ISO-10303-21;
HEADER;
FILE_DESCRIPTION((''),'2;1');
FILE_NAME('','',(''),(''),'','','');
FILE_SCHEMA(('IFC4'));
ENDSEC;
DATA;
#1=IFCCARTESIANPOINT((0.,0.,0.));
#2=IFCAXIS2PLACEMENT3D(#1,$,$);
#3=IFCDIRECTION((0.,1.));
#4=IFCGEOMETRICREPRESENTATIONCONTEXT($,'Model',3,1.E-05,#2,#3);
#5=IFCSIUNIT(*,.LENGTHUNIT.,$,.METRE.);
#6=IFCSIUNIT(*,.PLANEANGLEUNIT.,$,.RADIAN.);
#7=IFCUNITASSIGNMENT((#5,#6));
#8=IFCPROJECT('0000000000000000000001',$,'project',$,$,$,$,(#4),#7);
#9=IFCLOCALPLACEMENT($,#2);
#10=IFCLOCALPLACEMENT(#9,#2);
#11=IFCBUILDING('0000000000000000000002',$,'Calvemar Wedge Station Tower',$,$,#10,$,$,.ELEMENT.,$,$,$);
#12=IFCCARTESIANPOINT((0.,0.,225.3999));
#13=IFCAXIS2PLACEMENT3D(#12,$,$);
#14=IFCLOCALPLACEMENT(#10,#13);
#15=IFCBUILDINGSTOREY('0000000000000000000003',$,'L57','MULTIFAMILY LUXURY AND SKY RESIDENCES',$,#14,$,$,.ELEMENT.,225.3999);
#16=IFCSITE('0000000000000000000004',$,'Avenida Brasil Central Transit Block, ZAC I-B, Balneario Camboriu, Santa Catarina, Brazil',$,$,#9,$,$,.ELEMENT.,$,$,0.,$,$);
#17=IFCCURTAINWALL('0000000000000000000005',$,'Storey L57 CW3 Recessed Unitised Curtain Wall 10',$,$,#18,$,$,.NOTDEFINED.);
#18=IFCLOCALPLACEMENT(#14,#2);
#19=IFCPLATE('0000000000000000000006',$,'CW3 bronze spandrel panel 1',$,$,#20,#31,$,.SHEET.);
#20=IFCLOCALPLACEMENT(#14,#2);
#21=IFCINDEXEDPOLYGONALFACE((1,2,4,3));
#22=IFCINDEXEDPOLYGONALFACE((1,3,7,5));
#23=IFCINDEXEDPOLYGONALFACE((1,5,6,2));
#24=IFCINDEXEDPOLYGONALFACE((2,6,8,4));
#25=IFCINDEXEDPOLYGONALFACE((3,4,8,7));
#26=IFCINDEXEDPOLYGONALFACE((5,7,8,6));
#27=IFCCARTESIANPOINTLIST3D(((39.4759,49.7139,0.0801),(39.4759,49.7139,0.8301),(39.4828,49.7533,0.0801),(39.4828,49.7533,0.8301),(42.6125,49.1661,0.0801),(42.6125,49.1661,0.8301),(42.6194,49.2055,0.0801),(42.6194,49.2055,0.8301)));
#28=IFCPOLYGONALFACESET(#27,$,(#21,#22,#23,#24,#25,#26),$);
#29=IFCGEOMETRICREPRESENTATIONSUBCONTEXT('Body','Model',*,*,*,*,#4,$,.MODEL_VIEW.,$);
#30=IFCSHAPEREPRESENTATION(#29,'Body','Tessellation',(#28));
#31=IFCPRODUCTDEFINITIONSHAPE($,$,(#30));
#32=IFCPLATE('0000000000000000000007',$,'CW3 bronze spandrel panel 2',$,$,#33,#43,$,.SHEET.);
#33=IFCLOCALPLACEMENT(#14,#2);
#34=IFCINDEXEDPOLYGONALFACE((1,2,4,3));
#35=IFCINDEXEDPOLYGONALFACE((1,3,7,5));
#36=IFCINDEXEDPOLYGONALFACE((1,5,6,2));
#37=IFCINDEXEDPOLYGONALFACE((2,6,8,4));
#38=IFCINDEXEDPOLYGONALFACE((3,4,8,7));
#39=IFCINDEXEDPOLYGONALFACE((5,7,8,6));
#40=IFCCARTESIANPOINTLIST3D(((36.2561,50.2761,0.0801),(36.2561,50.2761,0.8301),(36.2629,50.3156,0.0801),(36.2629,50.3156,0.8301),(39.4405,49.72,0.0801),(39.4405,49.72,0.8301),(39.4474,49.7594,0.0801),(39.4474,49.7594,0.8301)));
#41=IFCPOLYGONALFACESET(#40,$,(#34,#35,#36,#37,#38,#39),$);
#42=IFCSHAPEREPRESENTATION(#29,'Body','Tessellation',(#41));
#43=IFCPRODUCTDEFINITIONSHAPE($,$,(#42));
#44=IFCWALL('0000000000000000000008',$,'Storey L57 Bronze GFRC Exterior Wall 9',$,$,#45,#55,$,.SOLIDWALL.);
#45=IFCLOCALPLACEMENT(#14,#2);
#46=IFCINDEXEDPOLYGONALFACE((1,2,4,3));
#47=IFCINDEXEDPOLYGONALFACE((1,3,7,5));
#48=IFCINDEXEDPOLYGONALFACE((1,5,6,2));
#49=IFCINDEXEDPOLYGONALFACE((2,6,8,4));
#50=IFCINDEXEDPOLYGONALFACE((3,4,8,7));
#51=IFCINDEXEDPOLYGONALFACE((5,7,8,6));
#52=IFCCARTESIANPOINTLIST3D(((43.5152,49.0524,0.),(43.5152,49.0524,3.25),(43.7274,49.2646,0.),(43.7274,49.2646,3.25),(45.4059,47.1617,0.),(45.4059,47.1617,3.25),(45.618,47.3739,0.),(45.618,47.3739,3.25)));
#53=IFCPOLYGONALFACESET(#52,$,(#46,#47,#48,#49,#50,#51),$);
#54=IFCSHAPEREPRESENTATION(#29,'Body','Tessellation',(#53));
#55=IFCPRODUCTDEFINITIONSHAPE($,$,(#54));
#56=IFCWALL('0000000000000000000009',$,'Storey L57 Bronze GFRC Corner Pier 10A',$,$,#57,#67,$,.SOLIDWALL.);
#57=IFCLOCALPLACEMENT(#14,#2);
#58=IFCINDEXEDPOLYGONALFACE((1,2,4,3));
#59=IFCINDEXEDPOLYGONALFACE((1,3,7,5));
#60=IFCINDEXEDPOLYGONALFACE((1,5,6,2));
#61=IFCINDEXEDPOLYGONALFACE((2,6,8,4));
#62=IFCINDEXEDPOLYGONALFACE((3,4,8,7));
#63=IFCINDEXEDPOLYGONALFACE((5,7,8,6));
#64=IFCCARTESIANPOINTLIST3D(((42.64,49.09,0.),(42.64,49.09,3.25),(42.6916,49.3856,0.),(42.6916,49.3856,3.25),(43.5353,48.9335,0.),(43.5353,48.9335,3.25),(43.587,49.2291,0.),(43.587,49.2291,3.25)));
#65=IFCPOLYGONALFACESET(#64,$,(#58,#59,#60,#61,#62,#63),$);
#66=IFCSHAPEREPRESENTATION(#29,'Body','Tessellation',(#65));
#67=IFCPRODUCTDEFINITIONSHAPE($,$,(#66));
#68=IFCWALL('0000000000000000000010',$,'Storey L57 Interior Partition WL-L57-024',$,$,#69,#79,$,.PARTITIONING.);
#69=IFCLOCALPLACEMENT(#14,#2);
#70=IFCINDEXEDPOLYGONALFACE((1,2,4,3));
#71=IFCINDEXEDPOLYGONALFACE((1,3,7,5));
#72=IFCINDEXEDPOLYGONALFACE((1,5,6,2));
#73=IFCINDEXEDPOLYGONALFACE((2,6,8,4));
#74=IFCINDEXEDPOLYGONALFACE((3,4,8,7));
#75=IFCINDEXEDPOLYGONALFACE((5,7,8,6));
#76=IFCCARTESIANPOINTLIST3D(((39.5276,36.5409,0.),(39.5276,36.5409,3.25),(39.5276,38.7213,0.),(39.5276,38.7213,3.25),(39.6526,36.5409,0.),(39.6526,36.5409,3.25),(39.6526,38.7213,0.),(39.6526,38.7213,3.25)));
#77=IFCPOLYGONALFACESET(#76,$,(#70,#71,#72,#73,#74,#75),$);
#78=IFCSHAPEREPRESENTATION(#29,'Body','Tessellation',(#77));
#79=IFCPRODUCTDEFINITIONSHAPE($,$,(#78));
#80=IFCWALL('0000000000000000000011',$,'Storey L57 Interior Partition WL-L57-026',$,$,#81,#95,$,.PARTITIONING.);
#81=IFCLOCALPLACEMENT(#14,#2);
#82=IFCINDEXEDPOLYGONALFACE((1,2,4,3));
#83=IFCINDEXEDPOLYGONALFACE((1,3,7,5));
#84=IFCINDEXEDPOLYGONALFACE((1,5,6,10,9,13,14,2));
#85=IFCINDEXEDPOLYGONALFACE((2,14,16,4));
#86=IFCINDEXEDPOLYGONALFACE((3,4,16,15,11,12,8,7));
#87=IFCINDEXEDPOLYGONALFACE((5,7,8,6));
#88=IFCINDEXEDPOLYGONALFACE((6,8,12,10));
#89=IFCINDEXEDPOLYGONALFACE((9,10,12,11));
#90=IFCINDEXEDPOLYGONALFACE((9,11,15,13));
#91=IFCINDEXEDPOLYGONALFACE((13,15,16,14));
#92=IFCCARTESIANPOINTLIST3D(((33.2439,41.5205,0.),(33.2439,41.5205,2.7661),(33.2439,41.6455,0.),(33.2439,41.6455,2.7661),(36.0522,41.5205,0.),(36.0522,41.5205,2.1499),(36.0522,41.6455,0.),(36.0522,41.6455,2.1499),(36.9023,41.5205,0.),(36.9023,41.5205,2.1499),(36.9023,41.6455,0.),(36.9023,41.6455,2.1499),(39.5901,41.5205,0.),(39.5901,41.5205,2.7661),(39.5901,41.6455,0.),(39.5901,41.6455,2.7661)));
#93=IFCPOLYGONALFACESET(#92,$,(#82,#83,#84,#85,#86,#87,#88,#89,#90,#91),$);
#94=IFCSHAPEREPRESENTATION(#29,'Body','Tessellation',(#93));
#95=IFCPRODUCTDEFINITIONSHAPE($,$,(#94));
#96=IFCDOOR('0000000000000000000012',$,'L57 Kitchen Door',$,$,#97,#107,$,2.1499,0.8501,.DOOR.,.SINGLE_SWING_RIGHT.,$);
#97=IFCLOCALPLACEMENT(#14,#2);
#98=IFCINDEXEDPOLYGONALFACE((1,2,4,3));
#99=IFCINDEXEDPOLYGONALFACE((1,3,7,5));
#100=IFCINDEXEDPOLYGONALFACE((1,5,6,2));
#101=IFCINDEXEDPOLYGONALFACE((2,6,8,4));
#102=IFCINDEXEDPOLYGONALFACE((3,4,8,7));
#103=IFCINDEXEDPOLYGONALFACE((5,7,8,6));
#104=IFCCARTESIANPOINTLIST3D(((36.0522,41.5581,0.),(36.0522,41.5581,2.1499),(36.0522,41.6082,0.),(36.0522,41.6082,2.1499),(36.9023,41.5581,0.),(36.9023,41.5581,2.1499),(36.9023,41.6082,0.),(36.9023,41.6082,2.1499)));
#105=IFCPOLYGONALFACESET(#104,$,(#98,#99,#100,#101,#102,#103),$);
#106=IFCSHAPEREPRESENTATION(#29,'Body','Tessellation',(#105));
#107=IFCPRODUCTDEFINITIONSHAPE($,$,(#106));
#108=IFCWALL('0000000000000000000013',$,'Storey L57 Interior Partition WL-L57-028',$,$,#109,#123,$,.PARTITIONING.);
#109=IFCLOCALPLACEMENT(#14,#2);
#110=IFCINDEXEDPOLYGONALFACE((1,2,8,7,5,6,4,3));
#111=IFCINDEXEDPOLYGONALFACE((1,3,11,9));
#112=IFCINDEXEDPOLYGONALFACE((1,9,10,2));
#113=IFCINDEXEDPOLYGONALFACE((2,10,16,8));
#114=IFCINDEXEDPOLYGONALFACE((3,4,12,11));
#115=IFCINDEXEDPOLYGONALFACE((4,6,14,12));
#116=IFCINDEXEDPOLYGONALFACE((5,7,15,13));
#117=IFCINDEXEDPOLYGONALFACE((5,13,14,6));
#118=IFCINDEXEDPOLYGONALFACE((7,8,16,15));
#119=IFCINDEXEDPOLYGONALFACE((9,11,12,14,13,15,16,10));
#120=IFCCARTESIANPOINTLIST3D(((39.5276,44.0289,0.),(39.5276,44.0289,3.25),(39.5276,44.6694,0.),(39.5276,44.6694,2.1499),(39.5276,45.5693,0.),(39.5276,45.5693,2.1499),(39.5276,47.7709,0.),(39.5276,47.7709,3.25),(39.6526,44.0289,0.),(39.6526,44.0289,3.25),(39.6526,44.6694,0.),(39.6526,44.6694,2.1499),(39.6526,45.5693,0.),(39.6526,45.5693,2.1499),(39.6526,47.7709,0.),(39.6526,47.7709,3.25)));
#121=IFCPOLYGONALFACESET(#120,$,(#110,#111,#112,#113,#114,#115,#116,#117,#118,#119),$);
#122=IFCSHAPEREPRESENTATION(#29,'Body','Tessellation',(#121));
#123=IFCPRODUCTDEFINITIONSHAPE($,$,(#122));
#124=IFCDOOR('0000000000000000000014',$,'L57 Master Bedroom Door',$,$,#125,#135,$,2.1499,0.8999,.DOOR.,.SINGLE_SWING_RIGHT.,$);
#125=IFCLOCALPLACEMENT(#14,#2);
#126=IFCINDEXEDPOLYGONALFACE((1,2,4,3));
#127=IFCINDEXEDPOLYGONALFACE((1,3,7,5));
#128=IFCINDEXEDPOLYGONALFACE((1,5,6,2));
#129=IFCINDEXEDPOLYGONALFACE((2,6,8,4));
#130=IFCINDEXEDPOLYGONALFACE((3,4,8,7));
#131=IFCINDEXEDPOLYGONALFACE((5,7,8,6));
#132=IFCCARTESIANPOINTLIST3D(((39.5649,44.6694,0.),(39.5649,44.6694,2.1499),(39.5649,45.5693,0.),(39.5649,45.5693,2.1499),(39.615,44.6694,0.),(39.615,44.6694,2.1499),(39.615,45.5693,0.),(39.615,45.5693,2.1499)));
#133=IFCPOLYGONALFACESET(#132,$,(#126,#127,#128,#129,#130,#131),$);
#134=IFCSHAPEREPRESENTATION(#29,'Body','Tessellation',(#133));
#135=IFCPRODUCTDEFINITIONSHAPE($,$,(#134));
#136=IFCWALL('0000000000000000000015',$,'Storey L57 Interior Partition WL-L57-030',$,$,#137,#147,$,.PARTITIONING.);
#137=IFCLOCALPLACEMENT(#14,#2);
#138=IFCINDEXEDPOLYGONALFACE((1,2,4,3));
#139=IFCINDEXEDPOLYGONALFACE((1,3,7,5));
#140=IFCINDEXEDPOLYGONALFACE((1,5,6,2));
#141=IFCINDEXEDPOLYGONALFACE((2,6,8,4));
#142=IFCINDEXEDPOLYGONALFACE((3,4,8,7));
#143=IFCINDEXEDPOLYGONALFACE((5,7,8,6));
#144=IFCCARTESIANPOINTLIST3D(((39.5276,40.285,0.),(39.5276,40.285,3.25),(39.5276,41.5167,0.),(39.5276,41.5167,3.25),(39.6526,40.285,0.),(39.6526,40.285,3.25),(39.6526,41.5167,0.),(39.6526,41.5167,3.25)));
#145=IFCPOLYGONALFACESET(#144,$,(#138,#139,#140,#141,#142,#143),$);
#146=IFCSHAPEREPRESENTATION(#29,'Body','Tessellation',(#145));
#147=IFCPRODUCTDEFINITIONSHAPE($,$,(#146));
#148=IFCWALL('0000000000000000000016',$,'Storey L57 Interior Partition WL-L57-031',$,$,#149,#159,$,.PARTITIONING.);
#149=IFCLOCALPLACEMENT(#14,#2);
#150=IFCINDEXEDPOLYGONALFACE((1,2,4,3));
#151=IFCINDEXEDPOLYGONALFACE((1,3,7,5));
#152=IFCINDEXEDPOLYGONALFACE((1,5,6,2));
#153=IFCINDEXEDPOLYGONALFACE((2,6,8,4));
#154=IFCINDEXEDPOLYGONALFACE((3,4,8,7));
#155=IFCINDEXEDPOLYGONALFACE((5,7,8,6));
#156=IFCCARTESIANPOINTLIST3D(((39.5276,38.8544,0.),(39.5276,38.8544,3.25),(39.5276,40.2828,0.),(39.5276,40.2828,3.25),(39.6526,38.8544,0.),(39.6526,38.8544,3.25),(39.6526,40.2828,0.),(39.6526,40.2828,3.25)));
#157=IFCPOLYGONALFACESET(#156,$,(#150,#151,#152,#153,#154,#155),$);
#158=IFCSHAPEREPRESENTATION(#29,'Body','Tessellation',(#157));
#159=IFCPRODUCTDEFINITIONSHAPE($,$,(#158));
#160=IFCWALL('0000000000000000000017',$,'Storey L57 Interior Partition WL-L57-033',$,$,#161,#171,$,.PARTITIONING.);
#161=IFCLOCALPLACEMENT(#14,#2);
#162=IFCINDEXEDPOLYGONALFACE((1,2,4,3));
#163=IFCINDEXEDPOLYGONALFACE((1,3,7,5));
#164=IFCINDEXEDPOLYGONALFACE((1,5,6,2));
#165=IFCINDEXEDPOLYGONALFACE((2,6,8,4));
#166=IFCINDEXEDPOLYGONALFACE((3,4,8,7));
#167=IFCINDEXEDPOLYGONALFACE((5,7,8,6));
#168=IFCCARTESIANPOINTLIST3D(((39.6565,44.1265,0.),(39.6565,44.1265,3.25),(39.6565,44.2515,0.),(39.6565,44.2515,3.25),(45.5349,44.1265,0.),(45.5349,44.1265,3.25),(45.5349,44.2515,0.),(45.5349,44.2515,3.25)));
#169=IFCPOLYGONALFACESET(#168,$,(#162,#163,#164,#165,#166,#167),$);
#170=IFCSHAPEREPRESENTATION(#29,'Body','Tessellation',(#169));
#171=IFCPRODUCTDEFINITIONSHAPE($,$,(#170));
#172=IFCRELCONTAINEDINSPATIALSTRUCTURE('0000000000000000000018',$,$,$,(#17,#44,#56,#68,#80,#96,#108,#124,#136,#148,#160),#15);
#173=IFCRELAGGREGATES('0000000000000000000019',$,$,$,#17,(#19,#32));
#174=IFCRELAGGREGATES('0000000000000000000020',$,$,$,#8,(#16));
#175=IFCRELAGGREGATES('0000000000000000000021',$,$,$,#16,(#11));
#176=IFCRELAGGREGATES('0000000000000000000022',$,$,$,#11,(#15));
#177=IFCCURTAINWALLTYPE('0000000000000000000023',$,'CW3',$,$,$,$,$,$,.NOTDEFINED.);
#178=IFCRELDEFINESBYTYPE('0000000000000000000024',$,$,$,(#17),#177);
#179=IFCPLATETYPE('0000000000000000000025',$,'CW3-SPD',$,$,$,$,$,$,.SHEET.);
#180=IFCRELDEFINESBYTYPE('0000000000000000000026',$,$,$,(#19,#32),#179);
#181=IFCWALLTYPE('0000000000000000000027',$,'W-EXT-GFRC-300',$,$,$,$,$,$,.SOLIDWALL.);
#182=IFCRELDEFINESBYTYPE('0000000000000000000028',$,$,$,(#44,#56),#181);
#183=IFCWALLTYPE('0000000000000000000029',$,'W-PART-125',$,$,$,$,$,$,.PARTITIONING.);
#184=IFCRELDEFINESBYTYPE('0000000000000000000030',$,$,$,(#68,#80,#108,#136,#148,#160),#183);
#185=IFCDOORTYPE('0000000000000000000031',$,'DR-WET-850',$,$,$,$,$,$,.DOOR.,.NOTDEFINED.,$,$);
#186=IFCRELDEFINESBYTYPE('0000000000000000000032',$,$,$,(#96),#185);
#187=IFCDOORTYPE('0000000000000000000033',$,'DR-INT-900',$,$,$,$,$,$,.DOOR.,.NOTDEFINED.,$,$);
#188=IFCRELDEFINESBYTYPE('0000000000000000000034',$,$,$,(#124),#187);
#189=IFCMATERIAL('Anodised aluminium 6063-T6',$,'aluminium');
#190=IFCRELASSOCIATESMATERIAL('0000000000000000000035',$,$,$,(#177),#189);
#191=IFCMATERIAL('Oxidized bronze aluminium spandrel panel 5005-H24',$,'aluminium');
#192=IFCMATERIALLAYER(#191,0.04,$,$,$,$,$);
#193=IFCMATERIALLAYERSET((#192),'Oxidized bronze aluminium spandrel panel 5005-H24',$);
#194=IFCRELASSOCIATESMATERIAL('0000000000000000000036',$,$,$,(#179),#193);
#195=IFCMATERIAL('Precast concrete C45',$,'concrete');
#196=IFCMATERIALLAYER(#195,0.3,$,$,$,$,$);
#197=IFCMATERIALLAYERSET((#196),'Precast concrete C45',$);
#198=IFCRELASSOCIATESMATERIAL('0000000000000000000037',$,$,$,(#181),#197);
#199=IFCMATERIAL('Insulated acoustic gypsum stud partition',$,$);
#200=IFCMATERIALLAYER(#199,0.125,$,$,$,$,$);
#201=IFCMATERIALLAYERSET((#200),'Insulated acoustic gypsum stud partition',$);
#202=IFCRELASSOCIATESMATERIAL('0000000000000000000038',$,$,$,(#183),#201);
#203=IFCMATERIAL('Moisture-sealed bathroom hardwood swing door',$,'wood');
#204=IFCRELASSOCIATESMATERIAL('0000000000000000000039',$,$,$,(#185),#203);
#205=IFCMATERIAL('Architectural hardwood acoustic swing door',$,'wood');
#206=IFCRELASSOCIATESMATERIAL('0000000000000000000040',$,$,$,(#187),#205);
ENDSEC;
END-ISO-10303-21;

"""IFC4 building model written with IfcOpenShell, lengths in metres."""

from ifc_helpers import new_model, si_unit, direction, frame, frame_2d, origin, place, context, subcontext, project, spatial, rectangle, extrude, source, transform, mapped, material, layer, layer_set, type_object, element, fill, aggregate, save


model = new_model("IFC4")

# Units and contexts
model_context = context("Model", 3, precision=1e-05, world=origin(), true_north=direction((0.0, 1.0)))
body_context = subcontext(model_context, "Body", "Model", "MODEL_VIEW")
ifc_project = project(units=[si_unit("LENGTHUNIT", "METRE"), si_unit("PLANEANGLEUNIT", "RADIAN")], contexts=[model_context])

# Site, building, storey
site_placement = place(None, origin())
site = spatial("IfcSite", under=ifc_project, at=site_placement, Name="Avenida Brasil Central Transit Block, ZAC I-B, Balneario Camboriu, Santa Catarina, Brazil", CompositionType="ELEMENT", RefElevation=0.0)
building_placement = place(site_placement, origin())
building = spatial("IfcBuilding", under=site, at=building_placement, Name="Calvemar Wedge Station Tower", CompositionType="ELEMENT")
storey_placement = place(building_placement, frame((0.0, 0.0, 225.3999)))
storey = spatial("IfcBuildingStorey", under=building, at=storey_placement, Name="L57", Description="MULTIFAMILY LUXURY AND SKY RESIDENCES", CompositionType="ELEMENT", Elevation=225.3999)

# Curtain wall, plates
ifc_material_1 = material(Name="Anodised aluminium 6063-T6", Category="aluminium")
curtain_wall_type = type_object("IfcCurtainWallType", Name="CW3", PredefinedType="NOTDEFINED", material=ifc_material_1)
curtain_wall_placement = place(storey_placement, origin())
curtain_wall = element("IfcCurtainWall", 1, at=curtain_wall_placement, inside=storey, type_object=curtain_wall_type, Name="Storey L57 CW3 Recessed Unitised Curtain Wall 10", PredefinedType="NOTDEFINED")
ifc_material_2 = material(Name="Oxidized bronze aluminium spandrel panel 5005-H24", Category="aluminium")
ifc_layer_1 = layer(ifc_material_2, 0.04)
ifc_layer_set_1 = layer_set([ifc_layer_1], Name="Oxidized bronze aluminium spandrel panel 5005-H24")
plate_type_1 = type_object("IfcPlateType", Name="CW3-SPD", PredefinedType="SHEET", material=ifc_layer_set_1)
plate_1_placement = place(storey_placement, frame((42.616, 49.1858, 0.0801), z_axis=(0.0, 0.0, 1.0), x_axis=(-0.985088, 0.172053, 0.0)))
plate_1 = element("IfcPlate", 2, at=plate_1_placement, type_object=plate_type_1, Name="CW3 bronze spandrel panel 1", PredefinedType="SHEET", context=body_context, shape_type="SweptSolid", body=[
    extrude(rectangle(XDim=3.1841, YDim=0.04, at=frame_2d((1.592, 0.0))), origin(), (0.0, 0.0, 1.0), 0.75),
])
plate_2_placement = place(storey_placement, frame((39.4438, 49.7397, 0.0801), z_axis=(0.0, 0.0, 1.0), x_axis=(-0.985091, 0.172036, 0.0)))
plate_2 = element("IfcPlate", 3, at=plate_2_placement, type_object=plate_type_1, Name="CW3 bronze spandrel panel 2", PredefinedType="SHEET", context=body_context, shape_type="SweptSolid", body=[
    extrude(rectangle(XDim=3.2327, YDim=0.04, at=frame_2d((1.6162, 0.0))), origin(), (0.0, 0.0, 1.0), 0.75),
])
aggregate(curtain_wall, [plate_1, plate_2])

# Walls
ifc_material_3 = material(Name="Precast concrete C45", Category="concrete")
ifc_layer_2 = layer(ifc_material_3, 0.3)
ifc_layer_set_2 = layer_set([ifc_layer_2], Name="Precast concrete C45")
wall_type_1 = type_object("IfcWallType", Name="W-EXT-GFRC-300", PredefinedType="SOLIDWALL", material=ifc_layer_set_2)
wall_1_placement = place(storey_placement, frame((45.512, 47.2678, 0.0), z_axis=(0.0, 0.0, 1.0), x_axis=(-0.707107, 0.707107, 0.0)))
element("IfcWall", 4, at=wall_1_placement, inside=storey, type_object=wall_type_1, Name="Storey L57 Bronze GFRC Exterior Wall 9", PredefinedType="SOLIDWALL", context=body_context, shape_type="SweptSolid", body=[
    extrude(rectangle(XDim=2.6738, YDim=0.3, at=frame_2d((1.3369, 0.0))), origin(), (0.0, 0.0, 1.0), 3.25),
])
wall_2_placement = place(storey_placement, frame((43.5613, 49.0813, 0.0), z_axis=(0.0, 0.0, 1.0), x_axis=(-0.985064, 0.172191, 0.0)))
element("IfcWall", 5, at=wall_2_placement, inside=storey, type_object=wall_type_1, Name="Storey L57 Bronze GFRC Corner Pier 10A", PredefinedType="SOLIDWALL", context=body_context, shape_type="SweptSolid", body=[
    extrude(rectangle(XDim=0.9089, YDim=0.3, at=frame_2d((0.4546, 0.0))), origin(), (0.0, 0.0, 1.0), 3.25),
])
ifc_material_4 = material(Name="Insulated acoustic gypsum stud partition")
ifc_layer_3 = layer(ifc_material_4, 0.125)
ifc_layer_set_3 = layer_set([ifc_layer_3], Name="Insulated acoustic gypsum stud partition")
wall_type_2 = type_object("IfcWallType", Name="W-PART-125", PredefinedType="PARTITIONING", material=ifc_layer_set_3)
wall_3_placement = place(storey_placement, frame((39.5901, 38.7214, 0.0), z_axis=(0.0, 0.0, 1.0), x_axis=(0.0, -1.0, 0.0)))
element("IfcWall", 6, at=wall_3_placement, inside=storey, type_object=wall_type_2, Name="Storey L57 Interior Partition WL-L57-024", PredefinedType="PARTITIONING", context=body_context, shape_type="SweptSolid", body=[
    extrude(rectangle(XDim=2.1804, YDim=0.125, at=frame_2d((1.0903, 0.0))), origin(), (0.0, 0.0, 1.0), 3.25),
])

# Walls, openings, doors
wall_4_placement = place(storey_placement, frame((39.5901, 41.583, 0.0), z_axis=(0.0, 0.0, 1.0), x_axis=(-1.0, 0.0, 0.0)))
wall_4 = element("IfcWall", 7, at=wall_4_placement, inside=storey, type_object=wall_type_2, Name="Storey L57 Interior Partition WL-L57-026", PredefinedType="PARTITIONING", context=body_context, shape_type="SweptSolid", body=[
    extrude(rectangle(XDim=6.3462, YDim=0.125, at=frame_2d((3.1731, 0.0))), origin(), (0.0, 0.0, 1.0), 2.7661),
])
shared_shape_1 = source(origin(), body_context, "Body", "SweptSolid", [
    extrude(rectangle(XDim=0.8501, YDim=2.1499, at=frame_2d((0.425, 1.075))), frame((0.0, 0.0725, 0.0), z_axis=(0.0, -1.0, 0.0), x_axis=(1.0, 0.0, 0.0)), (0.0, 0.0, 1.0), 0.145),
])
opening_1_placement = place(wall_4_placement, frame((2.6877, 0.0, 0.0)))
opening_1 = element("IfcOpeningElement", 8, at=opening_1_placement, cuts=wall_4, PredefinedType="OPENING", context=body_context, shape_type="MappedRepresentation", body=[
    mapped(shared_shape_1, transform((0.0, 0.0, 0.0), scale=1.0)),
])
ifc_material_5 = material(Name="Moisture-sealed bathroom hardwood swing door", Category="wood")
door_type_1 = type_object("IfcDoorType", Name="DR-WET-850", OperationType="NOTDEFINED", PredefinedType="DOOR", material=ifc_material_5)
shared_shape_2 = source(origin(), body_context, "Body", "SweptSolid", [
    extrude(rectangle(XDim=0.8501, YDim=2.1499, at=frame_2d((0.425, 1.075))), frame((0.0, 0.0249, 0.0), z_axis=(0.0, -1.0, 0.0), x_axis=(1.0, 0.0, 0.0)), (0.0, 0.0, 1.0), 0.05),
])
door_1_placement = place(opening_1_placement, origin())
door_1 = element("IfcDoor", 9, at=door_1_placement, inside=storey, type_object=door_type_1, Name="L57 Kitchen Door", OperationType="SINGLE_SWING_RIGHT", OverallHeight=2.1499, OverallWidth=0.8501, PredefinedType="DOOR", context=body_context, shape_type="MappedRepresentation", body=[
    mapped(shared_shape_2, transform((0.0, 0.0, 0.0), scale=1.0)),
])
fill(opening_1, door_1)
wall_5_placement = place(storey_placement, frame((39.5901, 47.771, 0.0), z_axis=(0.0, 0.0, 1.0), x_axis=(0.0, -1.0, 0.0)))
wall_5 = element("IfcWall", 10, at=wall_5_placement, inside=storey, type_object=wall_type_2, Name="Storey L57 Interior Partition WL-L57-028", PredefinedType="PARTITIONING", context=body_context, shape_type="SweptSolid", body=[
    extrude(rectangle(XDim=3.7419, YDim=0.125, at=frame_2d((1.8711, 0.0))), origin(), (0.0, 0.0, 1.0), 3.25),
])
shared_shape_3 = source(origin(), body_context, "Body", "SweptSolid", [
    extrude(rectangle(XDim=0.8999, YDim=2.1499, at=frame_2d((0.45, 1.075))), frame((0.0, 0.0725, 0.0), z_axis=(0.0, -1.0, 0.0), x_axis=(1.0, 0.0, 0.0)), (0.0, 0.0, 1.0), 0.145),
])
opening_2_placement = place(wall_5_placement, frame((2.2017, 0.0, 0.0)))
opening_2 = element("IfcOpeningElement", 11, at=opening_2_placement, cuts=wall_5, PredefinedType="OPENING", context=body_context, shape_type="MappedRepresentation", body=[
    mapped(shared_shape_3, transform((0.0, 0.0, 0.0), scale=1.0)),
])
ifc_material_6 = material(Name="Architectural hardwood acoustic swing door", Category="wood")
door_type_2 = type_object("IfcDoorType", Name="DR-INT-900", OperationType="NOTDEFINED", PredefinedType="DOOR", material=ifc_material_6)
shared_shape_4 = source(origin(), body_context, "Body", "SweptSolid", [
    extrude(rectangle(XDim=0.8999, YDim=2.1499, at=frame_2d((0.45, 1.075))), frame((0.0, 0.0249, 0.0), z_axis=(0.0, -1.0, 0.0), x_axis=(1.0, 0.0, 0.0)), (0.0, 0.0, 1.0), 0.05),
])
door_2_placement = place(opening_2_placement, origin())
door_2 = element("IfcDoor", 12, at=door_2_placement, inside=storey, type_object=door_type_2, Name="L57 Master Bedroom Door", OperationType="SINGLE_SWING_RIGHT", OverallHeight=2.1499, OverallWidth=0.8999, PredefinedType="DOOR", context=body_context, shape_type="MappedRepresentation", body=[
    mapped(shared_shape_4, transform((0.0, 0.0, 0.0), scale=1.0)),
])
fill(opening_2, door_2)

# Walls
wall_6_placement = place(storey_placement, frame((39.5901, 41.5166, 0.0), z_axis=(0.0, 0.0, 1.0), x_axis=(0.0, -1.0, 0.0)))
element("IfcWall", 13, at=wall_6_placement, inside=storey, type_object=wall_type_2, Name="Storey L57 Interior Partition WL-L57-030", PredefinedType="PARTITIONING", context=body_context, shape_type="SweptSolid", body=[
    extrude(rectangle(XDim=1.2317, YDim=0.125, at=frame_2d((0.6157, 0.0))), origin(), (0.0, 0.0, 1.0), 3.25),
])
wall_7_placement = place(storey_placement, frame((39.5901, 40.283, 0.0), z_axis=(0.0, 0.0, 1.0), x_axis=(0.0, -1.0, 0.0)))
element("IfcWall", 14, at=wall_7_placement, inside=storey, type_object=wall_type_2, Name="Storey L57 Interior Partition WL-L57-031", PredefinedType="PARTITIONING", context=body_context, shape_type="SweptSolid", body=[
    extrude(rectangle(XDim=1.4285, YDim=0.125, at=frame_2d((0.7144, 0.0))), origin(), (0.0, 0.0, 1.0), 3.25),
])
wall_8_placement = place(storey_placement, frame((45.5349, 44.189, 0.0), z_axis=(0.0, 0.0, 1.0), x_axis=(-1.0, 0.0, 0.0)))
element("IfcWall", 15, at=wall_8_placement, inside=storey, type_object=wall_type_2, Name="Storey L57 Interior Partition WL-L57-033", PredefinedType="PARTITIONING", context=body_context, shape_type="SweptSolid", body=[
    extrude(rectangle(XDim=5.8784, YDim=0.125, at=frame_2d((2.9392, 0.0))), origin(), (0.0, 0.0, 1.0), 3.25),
])

save(model, "model.ifc")
